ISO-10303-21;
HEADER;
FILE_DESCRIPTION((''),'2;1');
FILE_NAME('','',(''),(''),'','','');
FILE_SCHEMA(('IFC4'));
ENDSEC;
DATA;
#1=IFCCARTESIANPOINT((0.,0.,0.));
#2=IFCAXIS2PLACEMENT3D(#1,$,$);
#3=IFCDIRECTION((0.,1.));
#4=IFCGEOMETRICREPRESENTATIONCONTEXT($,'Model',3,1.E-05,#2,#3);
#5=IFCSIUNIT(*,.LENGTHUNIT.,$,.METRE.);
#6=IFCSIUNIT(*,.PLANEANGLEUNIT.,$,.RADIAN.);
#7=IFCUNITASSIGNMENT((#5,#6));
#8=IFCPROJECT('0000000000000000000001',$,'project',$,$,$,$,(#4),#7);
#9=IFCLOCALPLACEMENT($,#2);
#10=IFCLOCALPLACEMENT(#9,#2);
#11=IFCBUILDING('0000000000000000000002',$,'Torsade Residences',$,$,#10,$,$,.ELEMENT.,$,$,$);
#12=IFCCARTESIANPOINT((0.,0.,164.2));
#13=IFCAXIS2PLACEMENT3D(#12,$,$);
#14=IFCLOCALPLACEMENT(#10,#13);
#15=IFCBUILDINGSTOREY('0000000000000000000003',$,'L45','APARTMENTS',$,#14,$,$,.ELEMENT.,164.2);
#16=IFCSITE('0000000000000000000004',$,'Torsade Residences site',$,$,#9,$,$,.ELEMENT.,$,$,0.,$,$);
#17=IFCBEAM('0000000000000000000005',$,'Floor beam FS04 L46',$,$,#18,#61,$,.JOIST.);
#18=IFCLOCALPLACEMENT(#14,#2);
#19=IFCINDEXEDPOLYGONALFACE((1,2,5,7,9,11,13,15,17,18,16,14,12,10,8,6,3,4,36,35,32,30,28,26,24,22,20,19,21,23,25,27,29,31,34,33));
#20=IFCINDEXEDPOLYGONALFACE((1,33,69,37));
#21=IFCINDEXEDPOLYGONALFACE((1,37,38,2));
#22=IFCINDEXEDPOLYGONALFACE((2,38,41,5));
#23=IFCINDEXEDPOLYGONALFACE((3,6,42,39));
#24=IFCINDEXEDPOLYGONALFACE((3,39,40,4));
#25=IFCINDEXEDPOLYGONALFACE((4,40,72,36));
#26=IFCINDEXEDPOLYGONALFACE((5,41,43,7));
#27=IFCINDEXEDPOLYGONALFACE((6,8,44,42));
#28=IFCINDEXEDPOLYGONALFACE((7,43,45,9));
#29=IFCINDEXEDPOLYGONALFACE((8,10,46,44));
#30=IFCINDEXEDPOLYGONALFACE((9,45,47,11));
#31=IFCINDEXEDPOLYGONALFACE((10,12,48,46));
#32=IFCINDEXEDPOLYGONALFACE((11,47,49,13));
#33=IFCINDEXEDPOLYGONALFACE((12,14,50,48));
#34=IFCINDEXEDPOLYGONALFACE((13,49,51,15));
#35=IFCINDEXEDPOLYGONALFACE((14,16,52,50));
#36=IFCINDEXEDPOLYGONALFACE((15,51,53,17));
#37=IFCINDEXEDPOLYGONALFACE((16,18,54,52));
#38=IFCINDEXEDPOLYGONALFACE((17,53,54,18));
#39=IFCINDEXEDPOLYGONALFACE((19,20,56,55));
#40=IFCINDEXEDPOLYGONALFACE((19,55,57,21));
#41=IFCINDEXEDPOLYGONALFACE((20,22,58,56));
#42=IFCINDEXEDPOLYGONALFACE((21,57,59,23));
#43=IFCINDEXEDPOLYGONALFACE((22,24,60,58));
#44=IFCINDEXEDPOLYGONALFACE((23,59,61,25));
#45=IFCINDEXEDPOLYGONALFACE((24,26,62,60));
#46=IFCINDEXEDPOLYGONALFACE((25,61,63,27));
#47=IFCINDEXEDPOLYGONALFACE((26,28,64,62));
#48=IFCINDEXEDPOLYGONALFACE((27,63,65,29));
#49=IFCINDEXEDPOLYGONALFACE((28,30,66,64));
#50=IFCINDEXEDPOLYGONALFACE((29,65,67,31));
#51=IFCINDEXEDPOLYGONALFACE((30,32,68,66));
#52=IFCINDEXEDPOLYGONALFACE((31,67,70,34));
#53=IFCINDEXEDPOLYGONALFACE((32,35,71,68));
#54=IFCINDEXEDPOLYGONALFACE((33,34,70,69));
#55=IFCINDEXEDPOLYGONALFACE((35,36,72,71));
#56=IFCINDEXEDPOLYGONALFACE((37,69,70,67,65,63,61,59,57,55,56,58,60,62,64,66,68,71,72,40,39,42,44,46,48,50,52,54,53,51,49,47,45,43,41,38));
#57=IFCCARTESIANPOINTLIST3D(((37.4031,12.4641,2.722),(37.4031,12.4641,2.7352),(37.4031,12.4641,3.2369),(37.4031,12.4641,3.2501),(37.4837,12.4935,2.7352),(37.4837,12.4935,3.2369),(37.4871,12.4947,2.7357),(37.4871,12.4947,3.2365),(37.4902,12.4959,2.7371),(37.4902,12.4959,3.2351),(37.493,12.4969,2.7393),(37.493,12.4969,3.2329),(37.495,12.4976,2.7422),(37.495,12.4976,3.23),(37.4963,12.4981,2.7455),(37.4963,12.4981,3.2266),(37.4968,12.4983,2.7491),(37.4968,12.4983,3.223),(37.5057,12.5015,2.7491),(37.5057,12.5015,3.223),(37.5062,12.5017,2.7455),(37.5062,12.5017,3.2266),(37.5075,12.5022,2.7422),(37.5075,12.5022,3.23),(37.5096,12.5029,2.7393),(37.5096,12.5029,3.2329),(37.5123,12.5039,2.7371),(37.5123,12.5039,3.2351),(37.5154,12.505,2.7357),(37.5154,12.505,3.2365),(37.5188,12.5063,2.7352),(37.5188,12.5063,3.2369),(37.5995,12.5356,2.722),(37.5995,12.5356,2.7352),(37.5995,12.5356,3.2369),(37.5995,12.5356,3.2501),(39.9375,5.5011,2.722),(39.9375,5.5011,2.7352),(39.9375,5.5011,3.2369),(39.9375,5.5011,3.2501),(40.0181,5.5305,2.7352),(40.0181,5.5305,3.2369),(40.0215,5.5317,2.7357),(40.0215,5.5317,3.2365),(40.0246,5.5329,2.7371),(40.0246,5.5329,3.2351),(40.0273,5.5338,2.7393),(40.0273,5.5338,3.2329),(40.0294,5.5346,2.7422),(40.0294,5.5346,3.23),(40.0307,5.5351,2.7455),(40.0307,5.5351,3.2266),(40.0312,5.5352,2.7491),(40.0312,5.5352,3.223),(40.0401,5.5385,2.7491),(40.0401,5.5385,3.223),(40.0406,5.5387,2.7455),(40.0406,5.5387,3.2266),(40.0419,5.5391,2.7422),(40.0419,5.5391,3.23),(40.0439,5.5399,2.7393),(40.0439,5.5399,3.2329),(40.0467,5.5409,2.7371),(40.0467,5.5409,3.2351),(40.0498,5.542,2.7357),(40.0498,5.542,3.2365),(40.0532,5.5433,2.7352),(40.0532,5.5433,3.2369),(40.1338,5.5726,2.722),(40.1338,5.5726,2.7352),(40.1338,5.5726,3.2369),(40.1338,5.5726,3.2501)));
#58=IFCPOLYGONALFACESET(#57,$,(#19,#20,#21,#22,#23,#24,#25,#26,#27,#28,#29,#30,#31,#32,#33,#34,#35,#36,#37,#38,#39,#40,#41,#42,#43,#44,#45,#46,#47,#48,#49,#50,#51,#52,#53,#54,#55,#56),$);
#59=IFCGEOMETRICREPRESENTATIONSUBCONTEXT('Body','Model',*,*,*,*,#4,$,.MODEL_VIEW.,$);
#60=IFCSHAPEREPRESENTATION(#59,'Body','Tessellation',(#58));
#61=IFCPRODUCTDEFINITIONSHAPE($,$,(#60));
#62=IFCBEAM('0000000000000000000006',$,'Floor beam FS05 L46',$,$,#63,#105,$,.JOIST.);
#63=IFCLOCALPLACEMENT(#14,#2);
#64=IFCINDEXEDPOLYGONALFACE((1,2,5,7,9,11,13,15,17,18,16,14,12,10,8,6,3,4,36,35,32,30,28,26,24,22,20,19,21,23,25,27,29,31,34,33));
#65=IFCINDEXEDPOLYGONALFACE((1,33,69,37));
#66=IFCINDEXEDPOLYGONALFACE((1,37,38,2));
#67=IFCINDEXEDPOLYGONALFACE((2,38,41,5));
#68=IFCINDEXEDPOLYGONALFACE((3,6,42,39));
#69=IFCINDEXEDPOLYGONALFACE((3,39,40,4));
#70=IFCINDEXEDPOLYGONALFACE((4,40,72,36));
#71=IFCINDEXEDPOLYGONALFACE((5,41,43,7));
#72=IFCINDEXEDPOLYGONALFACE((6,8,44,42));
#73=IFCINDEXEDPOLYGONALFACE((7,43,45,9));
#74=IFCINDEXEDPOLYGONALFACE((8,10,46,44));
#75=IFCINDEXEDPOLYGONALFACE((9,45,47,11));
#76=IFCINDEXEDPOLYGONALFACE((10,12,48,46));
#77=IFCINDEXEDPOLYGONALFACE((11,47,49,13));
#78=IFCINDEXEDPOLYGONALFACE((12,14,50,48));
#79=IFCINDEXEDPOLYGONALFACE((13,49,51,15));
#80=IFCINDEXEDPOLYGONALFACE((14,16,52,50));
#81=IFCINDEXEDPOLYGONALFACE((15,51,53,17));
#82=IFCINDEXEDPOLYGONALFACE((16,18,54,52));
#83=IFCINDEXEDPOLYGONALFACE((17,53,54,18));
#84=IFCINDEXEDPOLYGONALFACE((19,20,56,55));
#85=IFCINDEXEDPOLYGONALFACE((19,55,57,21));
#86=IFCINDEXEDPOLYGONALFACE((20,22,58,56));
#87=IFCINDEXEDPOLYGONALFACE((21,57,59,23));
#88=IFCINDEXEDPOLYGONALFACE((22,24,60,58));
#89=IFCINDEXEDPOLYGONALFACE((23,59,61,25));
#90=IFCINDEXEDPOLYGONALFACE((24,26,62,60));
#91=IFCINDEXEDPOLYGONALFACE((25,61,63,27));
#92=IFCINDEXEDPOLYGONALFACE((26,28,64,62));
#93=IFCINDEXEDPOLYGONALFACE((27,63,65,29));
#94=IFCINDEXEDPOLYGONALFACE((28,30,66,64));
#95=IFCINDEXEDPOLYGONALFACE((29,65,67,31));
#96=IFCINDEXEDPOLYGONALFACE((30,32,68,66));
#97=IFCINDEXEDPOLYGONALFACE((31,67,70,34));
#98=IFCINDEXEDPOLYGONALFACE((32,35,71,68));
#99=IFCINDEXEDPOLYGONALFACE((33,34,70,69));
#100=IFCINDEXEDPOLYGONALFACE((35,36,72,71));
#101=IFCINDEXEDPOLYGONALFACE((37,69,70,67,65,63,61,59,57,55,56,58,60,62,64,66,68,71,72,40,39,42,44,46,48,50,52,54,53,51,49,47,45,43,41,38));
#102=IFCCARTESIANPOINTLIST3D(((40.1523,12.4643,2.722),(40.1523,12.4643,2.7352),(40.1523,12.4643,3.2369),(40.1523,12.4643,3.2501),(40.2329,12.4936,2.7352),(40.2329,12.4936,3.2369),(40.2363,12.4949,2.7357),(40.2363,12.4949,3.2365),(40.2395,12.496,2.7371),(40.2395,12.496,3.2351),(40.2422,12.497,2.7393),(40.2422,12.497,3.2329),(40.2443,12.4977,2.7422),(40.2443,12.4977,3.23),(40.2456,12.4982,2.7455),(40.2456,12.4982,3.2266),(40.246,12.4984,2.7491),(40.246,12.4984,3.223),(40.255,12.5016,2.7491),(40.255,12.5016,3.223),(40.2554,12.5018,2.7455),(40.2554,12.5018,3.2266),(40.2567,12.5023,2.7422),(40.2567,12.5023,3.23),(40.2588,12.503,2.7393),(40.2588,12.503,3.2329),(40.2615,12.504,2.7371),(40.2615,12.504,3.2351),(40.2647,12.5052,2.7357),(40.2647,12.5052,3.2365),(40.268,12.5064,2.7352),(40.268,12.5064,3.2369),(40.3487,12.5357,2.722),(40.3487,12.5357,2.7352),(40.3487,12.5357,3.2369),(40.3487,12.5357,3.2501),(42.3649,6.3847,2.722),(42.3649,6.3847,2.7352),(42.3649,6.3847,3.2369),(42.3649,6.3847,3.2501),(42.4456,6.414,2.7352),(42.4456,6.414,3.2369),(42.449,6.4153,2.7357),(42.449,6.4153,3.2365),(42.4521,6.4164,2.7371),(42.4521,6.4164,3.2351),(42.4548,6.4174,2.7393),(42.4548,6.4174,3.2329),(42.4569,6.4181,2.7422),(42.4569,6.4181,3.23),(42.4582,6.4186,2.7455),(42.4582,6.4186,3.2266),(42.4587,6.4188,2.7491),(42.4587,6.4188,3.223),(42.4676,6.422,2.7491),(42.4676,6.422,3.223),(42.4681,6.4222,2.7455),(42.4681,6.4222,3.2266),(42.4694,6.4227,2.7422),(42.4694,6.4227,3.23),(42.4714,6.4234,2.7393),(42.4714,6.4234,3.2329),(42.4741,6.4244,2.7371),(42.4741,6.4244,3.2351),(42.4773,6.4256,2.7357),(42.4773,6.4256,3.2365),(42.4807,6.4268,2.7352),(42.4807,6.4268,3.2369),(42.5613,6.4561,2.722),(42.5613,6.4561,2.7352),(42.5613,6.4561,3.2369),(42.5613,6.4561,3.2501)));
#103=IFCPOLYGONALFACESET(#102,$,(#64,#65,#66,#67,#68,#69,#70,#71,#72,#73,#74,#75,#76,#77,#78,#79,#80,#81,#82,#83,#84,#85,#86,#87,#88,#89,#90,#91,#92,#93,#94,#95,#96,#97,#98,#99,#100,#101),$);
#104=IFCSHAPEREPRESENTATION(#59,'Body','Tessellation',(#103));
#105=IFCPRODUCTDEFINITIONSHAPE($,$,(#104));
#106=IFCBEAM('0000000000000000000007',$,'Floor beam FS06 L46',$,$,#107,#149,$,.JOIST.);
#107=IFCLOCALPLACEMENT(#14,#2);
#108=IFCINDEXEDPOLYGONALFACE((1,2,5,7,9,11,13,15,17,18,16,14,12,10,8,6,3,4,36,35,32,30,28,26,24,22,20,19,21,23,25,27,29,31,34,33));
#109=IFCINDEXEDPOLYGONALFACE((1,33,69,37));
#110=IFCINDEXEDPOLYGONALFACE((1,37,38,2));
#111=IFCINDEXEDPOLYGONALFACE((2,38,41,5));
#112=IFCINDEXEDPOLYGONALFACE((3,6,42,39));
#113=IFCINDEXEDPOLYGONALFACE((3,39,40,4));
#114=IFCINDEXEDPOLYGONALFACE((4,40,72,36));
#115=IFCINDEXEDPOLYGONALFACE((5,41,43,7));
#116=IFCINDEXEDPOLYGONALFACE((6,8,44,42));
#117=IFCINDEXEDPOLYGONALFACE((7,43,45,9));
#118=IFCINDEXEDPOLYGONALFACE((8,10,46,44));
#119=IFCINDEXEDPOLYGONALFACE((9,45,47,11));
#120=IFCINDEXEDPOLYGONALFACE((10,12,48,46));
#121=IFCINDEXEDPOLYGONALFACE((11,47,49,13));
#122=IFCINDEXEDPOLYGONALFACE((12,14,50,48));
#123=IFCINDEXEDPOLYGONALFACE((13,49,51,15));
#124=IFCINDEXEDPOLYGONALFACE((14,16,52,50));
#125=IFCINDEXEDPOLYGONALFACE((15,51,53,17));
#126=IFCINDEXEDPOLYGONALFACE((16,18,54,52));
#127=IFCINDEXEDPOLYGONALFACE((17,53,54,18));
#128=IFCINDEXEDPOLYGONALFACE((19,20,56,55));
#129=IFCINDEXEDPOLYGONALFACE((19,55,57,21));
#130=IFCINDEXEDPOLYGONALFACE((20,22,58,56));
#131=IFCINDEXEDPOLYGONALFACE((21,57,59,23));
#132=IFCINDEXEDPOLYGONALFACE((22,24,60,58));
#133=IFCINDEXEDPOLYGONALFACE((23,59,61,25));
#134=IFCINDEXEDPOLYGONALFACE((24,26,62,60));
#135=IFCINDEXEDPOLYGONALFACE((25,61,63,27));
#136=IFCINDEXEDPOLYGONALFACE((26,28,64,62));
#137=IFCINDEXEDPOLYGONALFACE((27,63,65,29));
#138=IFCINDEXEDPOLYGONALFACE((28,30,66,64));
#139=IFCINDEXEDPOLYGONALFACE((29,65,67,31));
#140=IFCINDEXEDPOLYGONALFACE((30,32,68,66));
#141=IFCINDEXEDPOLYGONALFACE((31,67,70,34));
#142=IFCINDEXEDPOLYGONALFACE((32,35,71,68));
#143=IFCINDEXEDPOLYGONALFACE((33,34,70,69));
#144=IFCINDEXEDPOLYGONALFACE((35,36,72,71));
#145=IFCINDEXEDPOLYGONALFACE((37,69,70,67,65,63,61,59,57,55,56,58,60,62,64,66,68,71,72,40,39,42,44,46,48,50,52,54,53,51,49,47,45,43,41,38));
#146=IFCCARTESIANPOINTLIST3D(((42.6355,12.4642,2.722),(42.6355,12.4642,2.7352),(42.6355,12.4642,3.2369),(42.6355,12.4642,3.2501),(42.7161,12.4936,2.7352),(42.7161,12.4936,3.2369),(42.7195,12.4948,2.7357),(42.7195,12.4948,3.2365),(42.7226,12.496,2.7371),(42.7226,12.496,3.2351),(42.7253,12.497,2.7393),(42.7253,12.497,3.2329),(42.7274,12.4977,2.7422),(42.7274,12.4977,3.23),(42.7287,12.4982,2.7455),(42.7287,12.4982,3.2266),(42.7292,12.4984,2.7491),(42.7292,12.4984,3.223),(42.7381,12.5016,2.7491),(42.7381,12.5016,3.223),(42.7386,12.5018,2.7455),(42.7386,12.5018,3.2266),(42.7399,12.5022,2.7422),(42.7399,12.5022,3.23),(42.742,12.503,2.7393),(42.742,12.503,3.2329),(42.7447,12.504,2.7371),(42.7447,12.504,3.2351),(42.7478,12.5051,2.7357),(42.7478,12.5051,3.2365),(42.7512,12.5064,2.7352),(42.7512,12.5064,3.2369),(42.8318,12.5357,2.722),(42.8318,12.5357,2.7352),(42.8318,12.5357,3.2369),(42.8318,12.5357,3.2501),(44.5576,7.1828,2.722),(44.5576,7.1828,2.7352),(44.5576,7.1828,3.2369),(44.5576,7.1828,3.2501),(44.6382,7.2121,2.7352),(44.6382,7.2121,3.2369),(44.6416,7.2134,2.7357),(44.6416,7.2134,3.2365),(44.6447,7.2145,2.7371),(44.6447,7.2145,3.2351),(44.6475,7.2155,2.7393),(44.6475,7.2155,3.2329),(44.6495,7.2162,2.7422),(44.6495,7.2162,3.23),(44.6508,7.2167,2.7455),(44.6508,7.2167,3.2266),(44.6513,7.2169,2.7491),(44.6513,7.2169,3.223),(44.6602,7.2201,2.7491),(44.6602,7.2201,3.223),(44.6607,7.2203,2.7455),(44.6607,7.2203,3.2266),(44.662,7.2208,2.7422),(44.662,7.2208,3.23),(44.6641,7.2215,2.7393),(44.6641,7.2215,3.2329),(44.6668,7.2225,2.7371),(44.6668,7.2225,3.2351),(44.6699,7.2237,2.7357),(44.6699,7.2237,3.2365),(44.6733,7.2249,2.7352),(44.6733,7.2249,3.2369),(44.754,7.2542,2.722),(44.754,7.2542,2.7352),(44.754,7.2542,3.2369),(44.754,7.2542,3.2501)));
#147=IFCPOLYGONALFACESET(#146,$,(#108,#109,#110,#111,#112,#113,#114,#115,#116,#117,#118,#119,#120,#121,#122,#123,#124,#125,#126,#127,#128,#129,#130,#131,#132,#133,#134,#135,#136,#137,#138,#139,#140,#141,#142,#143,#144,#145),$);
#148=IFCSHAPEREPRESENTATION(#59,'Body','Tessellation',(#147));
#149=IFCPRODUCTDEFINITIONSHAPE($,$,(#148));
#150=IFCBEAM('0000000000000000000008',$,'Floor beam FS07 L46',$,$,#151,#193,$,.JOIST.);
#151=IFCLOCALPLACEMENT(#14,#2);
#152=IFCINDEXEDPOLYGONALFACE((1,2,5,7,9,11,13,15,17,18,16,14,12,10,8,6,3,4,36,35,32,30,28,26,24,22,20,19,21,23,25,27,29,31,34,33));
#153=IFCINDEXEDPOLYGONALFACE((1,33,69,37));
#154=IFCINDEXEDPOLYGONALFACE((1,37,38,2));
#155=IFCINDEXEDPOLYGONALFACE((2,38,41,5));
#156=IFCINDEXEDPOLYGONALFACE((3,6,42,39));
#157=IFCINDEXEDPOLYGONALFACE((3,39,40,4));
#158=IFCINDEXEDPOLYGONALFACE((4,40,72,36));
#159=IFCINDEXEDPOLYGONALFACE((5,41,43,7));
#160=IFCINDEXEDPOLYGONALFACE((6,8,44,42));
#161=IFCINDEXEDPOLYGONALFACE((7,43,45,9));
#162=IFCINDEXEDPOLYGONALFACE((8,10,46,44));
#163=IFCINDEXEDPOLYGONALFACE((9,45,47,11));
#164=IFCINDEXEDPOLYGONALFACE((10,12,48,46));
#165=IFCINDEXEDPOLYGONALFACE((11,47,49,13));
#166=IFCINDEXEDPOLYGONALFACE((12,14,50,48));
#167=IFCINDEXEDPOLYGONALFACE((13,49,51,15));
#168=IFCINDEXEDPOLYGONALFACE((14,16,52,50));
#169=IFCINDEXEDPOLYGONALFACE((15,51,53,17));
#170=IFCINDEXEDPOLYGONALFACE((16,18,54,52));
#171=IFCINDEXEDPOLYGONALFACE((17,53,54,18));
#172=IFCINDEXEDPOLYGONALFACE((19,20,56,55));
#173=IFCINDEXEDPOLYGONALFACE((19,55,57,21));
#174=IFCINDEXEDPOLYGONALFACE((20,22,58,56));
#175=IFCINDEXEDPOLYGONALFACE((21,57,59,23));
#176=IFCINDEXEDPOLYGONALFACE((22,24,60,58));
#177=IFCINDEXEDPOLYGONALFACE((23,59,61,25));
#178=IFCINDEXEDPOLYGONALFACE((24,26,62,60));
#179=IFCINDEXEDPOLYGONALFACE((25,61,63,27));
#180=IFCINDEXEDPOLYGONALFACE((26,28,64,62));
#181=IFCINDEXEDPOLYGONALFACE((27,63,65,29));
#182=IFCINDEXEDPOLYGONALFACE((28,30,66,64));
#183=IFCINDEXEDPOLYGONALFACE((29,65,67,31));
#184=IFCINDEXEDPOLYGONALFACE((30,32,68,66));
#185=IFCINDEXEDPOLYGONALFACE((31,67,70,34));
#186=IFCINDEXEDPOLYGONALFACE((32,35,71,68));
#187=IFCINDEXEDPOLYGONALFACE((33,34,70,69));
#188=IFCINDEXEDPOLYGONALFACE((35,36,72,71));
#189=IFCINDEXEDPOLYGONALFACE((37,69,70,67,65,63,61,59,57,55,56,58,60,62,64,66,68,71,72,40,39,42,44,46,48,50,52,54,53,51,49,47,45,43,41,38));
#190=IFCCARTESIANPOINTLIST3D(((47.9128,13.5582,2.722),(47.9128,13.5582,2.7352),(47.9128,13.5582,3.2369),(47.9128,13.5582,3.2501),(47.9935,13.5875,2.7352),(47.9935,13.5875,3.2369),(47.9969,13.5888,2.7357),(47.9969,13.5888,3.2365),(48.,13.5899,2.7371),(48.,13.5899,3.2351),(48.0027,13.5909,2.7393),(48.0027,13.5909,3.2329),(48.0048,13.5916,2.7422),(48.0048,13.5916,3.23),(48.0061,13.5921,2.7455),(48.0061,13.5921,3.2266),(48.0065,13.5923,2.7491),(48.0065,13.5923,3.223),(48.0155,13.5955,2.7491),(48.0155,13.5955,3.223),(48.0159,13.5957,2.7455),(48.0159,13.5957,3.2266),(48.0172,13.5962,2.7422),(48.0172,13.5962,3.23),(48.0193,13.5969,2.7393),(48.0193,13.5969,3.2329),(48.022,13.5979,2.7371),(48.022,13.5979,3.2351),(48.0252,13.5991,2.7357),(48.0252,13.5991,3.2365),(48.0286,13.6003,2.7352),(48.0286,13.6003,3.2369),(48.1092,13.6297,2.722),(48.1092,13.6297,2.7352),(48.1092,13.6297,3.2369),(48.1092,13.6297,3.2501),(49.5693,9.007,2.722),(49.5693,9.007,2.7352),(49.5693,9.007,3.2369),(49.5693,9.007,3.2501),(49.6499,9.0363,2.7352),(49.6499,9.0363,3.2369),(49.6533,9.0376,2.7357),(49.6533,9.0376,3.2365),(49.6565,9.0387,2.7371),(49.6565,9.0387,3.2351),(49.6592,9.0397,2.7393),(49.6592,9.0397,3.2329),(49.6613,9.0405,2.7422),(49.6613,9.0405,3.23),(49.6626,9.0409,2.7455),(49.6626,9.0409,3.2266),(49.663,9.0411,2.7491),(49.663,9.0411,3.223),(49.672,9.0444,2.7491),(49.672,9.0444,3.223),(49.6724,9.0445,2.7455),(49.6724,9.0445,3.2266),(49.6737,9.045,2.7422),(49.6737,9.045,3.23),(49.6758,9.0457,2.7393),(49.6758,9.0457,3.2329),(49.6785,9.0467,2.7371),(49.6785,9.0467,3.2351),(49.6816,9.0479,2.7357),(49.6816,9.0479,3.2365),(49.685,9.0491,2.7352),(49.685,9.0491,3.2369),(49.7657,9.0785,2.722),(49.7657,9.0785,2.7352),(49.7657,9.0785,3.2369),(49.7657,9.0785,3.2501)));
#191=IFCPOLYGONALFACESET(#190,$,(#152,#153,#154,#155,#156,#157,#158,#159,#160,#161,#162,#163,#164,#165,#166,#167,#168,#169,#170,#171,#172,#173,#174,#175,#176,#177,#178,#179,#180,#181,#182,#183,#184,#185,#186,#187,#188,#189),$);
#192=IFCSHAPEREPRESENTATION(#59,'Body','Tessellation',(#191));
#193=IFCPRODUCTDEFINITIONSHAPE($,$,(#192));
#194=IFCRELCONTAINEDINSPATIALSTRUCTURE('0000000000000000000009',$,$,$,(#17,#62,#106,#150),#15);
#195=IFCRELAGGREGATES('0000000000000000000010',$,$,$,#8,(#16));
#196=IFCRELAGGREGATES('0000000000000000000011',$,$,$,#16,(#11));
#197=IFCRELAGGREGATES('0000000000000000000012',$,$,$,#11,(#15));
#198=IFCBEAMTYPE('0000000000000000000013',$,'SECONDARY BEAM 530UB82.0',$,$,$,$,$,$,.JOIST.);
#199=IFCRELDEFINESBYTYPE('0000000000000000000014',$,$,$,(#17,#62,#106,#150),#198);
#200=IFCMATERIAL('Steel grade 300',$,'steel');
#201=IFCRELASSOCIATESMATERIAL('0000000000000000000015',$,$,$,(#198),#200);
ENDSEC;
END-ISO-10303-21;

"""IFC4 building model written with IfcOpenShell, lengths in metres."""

from ifc_helpers import new_model, si_unit, direction, frame, origin, origin_2d, place, context, subcontext, project, spatial, i_section, extrude, material, material_profile, profile_set, type_object, element, save


model = new_model("IFC4")

# Units and contexts
model_context = context("Model", 3, precision=1e-05, world=origin(), true_north=direction((0.0, 1.0)))
body_context = subcontext(model_context, "Body", "Model", "MODEL_VIEW")
ifc_project = project(units=[si_unit("LENGTHUNIT", "METRE"), si_unit("PLANEANGLEUNIT", "RADIAN")], contexts=[model_context])

# Site, building, storey
site_placement = place(None, origin())
site = spatial("IfcSite", under=ifc_project, at=site_placement, Name="Torsade Residences site", CompositionType="ELEMENT", RefElevation=0.0)
building_placement = place(site_placement, origin())
building = spatial("IfcBuilding", under=site, at=building_placement, Name="Torsade Residences", CompositionType="ELEMENT")
storey_placement = place(building_placement, frame((0.0, 0.0, 164.2)))
storey = spatial("IfcBuildingStorey", under=building, at=storey_placement, Name="L45", Description="APARTMENTS", CompositionType="ELEMENT", Elevation=164.2)

# Beams
ifc_material_1 = material(Name="Steel grade 300", Category="steel")
ifc_material_profile_1 = material_profile(ifc_material_1, i_section(OverallWidth=0.209, OverallDepth=0.5281, WebThickness=0.0095, FlangeThickness=0.0132, FilletRadius=0.0139, at=origin_2d()), Name="530UB82.0")
ifc_profile_set_1 = profile_set([ifc_material_profile_1], Name="Steel grade 300")
beam_type_1 = type_object("IfcBeamType", Name="SECONDARY BEAM 530UB82.0", PredefinedType="JOIST", material=ifc_profile_set_1)
beam_1_placement = place(storey_placement, frame((40.0356, 5.5369, 2.9861), z_axis=(-0.342026, 0.93969, 0.0), x_axis=(-0.93969, -0.342026, 0.0)))
element("IfcBeam", 1, at=beam_1_placement, inside=storey, type_object=beam_type_1, Name="Floor beam FS04 L46", PredefinedType="JOIST", context=body_context, shape_type="SweptSolid", body=[
    extrude(i_section(OverallWidth=0.209, OverallDepth=0.5281, WebThickness=0.0095, FlangeThickness=0.0132, FilletRadius=0.0139, at=origin_2d()), origin(), (0.0, 0.0, 1.0), 7.4099),
])
beam_2_placement = place(storey_placement, frame((42.4631, 6.4204, 2.9861), z_axis=(-0.342001, 0.9397, 0.0), x_axis=(-0.9397, -0.342001, 0.0)))
element("IfcBeam", 2, at=beam_2_placement, inside=storey, type_object=beam_type_1, Name="Floor beam FS05 L46", PredefinedType="JOIST", context=body_context, shape_type="SweptSolid", body=[
    extrude(i_section(OverallWidth=0.209, OverallDepth=0.5281, WebThickness=0.0095, FlangeThickness=0.0132, FilletRadius=0.0139, at=origin_2d()), origin(), (0.0, 0.0, 1.0), 6.4697),
])
beam_3_placement = place(storey_placement, frame((44.6558, 7.2185, 2.9861), z_axis=(-0.341991, 0.939703, 0.0), x_axis=(-0.939703, -0.341991, 0.0)))
element("IfcBeam", 3, at=beam_3_placement, inside=storey, type_object=beam_type_1, Name="Floor beam FS06 L46", PredefinedType="JOIST", context=body_context, shape_type="SweptSolid", body=[
    extrude(i_section(OverallWidth=0.209, OverallDepth=0.5281, WebThickness=0.0095, FlangeThickness=0.0132, FilletRadius=0.0139, at=origin_2d()), origin(), (0.0, 0.0, 1.0), 5.6204),
])
beam_4_placement = place(storey_placement, frame((49.6675, 9.0427, 2.9861), z_axis=(-0.342014, 0.939695, 0.0), x_axis=(-0.939695, -0.342014, 0.0)))
element("IfcBeam", 4, at=beam_4_placement, inside=storey, type_object=beam_type_1, Name="Floor beam FS07 L46", PredefinedType="JOIST", context=body_context, shape_type="SweptSolid", body=[
    extrude(i_section(OverallWidth=0.209, OverallDepth=0.5281, WebThickness=0.0095, FlangeThickness=0.0132, FilletRadius=0.0139, at=origin_2d()), origin(), (0.0, 0.0, 1.0), 4.8433),
])

save(model, "model.ifc")
